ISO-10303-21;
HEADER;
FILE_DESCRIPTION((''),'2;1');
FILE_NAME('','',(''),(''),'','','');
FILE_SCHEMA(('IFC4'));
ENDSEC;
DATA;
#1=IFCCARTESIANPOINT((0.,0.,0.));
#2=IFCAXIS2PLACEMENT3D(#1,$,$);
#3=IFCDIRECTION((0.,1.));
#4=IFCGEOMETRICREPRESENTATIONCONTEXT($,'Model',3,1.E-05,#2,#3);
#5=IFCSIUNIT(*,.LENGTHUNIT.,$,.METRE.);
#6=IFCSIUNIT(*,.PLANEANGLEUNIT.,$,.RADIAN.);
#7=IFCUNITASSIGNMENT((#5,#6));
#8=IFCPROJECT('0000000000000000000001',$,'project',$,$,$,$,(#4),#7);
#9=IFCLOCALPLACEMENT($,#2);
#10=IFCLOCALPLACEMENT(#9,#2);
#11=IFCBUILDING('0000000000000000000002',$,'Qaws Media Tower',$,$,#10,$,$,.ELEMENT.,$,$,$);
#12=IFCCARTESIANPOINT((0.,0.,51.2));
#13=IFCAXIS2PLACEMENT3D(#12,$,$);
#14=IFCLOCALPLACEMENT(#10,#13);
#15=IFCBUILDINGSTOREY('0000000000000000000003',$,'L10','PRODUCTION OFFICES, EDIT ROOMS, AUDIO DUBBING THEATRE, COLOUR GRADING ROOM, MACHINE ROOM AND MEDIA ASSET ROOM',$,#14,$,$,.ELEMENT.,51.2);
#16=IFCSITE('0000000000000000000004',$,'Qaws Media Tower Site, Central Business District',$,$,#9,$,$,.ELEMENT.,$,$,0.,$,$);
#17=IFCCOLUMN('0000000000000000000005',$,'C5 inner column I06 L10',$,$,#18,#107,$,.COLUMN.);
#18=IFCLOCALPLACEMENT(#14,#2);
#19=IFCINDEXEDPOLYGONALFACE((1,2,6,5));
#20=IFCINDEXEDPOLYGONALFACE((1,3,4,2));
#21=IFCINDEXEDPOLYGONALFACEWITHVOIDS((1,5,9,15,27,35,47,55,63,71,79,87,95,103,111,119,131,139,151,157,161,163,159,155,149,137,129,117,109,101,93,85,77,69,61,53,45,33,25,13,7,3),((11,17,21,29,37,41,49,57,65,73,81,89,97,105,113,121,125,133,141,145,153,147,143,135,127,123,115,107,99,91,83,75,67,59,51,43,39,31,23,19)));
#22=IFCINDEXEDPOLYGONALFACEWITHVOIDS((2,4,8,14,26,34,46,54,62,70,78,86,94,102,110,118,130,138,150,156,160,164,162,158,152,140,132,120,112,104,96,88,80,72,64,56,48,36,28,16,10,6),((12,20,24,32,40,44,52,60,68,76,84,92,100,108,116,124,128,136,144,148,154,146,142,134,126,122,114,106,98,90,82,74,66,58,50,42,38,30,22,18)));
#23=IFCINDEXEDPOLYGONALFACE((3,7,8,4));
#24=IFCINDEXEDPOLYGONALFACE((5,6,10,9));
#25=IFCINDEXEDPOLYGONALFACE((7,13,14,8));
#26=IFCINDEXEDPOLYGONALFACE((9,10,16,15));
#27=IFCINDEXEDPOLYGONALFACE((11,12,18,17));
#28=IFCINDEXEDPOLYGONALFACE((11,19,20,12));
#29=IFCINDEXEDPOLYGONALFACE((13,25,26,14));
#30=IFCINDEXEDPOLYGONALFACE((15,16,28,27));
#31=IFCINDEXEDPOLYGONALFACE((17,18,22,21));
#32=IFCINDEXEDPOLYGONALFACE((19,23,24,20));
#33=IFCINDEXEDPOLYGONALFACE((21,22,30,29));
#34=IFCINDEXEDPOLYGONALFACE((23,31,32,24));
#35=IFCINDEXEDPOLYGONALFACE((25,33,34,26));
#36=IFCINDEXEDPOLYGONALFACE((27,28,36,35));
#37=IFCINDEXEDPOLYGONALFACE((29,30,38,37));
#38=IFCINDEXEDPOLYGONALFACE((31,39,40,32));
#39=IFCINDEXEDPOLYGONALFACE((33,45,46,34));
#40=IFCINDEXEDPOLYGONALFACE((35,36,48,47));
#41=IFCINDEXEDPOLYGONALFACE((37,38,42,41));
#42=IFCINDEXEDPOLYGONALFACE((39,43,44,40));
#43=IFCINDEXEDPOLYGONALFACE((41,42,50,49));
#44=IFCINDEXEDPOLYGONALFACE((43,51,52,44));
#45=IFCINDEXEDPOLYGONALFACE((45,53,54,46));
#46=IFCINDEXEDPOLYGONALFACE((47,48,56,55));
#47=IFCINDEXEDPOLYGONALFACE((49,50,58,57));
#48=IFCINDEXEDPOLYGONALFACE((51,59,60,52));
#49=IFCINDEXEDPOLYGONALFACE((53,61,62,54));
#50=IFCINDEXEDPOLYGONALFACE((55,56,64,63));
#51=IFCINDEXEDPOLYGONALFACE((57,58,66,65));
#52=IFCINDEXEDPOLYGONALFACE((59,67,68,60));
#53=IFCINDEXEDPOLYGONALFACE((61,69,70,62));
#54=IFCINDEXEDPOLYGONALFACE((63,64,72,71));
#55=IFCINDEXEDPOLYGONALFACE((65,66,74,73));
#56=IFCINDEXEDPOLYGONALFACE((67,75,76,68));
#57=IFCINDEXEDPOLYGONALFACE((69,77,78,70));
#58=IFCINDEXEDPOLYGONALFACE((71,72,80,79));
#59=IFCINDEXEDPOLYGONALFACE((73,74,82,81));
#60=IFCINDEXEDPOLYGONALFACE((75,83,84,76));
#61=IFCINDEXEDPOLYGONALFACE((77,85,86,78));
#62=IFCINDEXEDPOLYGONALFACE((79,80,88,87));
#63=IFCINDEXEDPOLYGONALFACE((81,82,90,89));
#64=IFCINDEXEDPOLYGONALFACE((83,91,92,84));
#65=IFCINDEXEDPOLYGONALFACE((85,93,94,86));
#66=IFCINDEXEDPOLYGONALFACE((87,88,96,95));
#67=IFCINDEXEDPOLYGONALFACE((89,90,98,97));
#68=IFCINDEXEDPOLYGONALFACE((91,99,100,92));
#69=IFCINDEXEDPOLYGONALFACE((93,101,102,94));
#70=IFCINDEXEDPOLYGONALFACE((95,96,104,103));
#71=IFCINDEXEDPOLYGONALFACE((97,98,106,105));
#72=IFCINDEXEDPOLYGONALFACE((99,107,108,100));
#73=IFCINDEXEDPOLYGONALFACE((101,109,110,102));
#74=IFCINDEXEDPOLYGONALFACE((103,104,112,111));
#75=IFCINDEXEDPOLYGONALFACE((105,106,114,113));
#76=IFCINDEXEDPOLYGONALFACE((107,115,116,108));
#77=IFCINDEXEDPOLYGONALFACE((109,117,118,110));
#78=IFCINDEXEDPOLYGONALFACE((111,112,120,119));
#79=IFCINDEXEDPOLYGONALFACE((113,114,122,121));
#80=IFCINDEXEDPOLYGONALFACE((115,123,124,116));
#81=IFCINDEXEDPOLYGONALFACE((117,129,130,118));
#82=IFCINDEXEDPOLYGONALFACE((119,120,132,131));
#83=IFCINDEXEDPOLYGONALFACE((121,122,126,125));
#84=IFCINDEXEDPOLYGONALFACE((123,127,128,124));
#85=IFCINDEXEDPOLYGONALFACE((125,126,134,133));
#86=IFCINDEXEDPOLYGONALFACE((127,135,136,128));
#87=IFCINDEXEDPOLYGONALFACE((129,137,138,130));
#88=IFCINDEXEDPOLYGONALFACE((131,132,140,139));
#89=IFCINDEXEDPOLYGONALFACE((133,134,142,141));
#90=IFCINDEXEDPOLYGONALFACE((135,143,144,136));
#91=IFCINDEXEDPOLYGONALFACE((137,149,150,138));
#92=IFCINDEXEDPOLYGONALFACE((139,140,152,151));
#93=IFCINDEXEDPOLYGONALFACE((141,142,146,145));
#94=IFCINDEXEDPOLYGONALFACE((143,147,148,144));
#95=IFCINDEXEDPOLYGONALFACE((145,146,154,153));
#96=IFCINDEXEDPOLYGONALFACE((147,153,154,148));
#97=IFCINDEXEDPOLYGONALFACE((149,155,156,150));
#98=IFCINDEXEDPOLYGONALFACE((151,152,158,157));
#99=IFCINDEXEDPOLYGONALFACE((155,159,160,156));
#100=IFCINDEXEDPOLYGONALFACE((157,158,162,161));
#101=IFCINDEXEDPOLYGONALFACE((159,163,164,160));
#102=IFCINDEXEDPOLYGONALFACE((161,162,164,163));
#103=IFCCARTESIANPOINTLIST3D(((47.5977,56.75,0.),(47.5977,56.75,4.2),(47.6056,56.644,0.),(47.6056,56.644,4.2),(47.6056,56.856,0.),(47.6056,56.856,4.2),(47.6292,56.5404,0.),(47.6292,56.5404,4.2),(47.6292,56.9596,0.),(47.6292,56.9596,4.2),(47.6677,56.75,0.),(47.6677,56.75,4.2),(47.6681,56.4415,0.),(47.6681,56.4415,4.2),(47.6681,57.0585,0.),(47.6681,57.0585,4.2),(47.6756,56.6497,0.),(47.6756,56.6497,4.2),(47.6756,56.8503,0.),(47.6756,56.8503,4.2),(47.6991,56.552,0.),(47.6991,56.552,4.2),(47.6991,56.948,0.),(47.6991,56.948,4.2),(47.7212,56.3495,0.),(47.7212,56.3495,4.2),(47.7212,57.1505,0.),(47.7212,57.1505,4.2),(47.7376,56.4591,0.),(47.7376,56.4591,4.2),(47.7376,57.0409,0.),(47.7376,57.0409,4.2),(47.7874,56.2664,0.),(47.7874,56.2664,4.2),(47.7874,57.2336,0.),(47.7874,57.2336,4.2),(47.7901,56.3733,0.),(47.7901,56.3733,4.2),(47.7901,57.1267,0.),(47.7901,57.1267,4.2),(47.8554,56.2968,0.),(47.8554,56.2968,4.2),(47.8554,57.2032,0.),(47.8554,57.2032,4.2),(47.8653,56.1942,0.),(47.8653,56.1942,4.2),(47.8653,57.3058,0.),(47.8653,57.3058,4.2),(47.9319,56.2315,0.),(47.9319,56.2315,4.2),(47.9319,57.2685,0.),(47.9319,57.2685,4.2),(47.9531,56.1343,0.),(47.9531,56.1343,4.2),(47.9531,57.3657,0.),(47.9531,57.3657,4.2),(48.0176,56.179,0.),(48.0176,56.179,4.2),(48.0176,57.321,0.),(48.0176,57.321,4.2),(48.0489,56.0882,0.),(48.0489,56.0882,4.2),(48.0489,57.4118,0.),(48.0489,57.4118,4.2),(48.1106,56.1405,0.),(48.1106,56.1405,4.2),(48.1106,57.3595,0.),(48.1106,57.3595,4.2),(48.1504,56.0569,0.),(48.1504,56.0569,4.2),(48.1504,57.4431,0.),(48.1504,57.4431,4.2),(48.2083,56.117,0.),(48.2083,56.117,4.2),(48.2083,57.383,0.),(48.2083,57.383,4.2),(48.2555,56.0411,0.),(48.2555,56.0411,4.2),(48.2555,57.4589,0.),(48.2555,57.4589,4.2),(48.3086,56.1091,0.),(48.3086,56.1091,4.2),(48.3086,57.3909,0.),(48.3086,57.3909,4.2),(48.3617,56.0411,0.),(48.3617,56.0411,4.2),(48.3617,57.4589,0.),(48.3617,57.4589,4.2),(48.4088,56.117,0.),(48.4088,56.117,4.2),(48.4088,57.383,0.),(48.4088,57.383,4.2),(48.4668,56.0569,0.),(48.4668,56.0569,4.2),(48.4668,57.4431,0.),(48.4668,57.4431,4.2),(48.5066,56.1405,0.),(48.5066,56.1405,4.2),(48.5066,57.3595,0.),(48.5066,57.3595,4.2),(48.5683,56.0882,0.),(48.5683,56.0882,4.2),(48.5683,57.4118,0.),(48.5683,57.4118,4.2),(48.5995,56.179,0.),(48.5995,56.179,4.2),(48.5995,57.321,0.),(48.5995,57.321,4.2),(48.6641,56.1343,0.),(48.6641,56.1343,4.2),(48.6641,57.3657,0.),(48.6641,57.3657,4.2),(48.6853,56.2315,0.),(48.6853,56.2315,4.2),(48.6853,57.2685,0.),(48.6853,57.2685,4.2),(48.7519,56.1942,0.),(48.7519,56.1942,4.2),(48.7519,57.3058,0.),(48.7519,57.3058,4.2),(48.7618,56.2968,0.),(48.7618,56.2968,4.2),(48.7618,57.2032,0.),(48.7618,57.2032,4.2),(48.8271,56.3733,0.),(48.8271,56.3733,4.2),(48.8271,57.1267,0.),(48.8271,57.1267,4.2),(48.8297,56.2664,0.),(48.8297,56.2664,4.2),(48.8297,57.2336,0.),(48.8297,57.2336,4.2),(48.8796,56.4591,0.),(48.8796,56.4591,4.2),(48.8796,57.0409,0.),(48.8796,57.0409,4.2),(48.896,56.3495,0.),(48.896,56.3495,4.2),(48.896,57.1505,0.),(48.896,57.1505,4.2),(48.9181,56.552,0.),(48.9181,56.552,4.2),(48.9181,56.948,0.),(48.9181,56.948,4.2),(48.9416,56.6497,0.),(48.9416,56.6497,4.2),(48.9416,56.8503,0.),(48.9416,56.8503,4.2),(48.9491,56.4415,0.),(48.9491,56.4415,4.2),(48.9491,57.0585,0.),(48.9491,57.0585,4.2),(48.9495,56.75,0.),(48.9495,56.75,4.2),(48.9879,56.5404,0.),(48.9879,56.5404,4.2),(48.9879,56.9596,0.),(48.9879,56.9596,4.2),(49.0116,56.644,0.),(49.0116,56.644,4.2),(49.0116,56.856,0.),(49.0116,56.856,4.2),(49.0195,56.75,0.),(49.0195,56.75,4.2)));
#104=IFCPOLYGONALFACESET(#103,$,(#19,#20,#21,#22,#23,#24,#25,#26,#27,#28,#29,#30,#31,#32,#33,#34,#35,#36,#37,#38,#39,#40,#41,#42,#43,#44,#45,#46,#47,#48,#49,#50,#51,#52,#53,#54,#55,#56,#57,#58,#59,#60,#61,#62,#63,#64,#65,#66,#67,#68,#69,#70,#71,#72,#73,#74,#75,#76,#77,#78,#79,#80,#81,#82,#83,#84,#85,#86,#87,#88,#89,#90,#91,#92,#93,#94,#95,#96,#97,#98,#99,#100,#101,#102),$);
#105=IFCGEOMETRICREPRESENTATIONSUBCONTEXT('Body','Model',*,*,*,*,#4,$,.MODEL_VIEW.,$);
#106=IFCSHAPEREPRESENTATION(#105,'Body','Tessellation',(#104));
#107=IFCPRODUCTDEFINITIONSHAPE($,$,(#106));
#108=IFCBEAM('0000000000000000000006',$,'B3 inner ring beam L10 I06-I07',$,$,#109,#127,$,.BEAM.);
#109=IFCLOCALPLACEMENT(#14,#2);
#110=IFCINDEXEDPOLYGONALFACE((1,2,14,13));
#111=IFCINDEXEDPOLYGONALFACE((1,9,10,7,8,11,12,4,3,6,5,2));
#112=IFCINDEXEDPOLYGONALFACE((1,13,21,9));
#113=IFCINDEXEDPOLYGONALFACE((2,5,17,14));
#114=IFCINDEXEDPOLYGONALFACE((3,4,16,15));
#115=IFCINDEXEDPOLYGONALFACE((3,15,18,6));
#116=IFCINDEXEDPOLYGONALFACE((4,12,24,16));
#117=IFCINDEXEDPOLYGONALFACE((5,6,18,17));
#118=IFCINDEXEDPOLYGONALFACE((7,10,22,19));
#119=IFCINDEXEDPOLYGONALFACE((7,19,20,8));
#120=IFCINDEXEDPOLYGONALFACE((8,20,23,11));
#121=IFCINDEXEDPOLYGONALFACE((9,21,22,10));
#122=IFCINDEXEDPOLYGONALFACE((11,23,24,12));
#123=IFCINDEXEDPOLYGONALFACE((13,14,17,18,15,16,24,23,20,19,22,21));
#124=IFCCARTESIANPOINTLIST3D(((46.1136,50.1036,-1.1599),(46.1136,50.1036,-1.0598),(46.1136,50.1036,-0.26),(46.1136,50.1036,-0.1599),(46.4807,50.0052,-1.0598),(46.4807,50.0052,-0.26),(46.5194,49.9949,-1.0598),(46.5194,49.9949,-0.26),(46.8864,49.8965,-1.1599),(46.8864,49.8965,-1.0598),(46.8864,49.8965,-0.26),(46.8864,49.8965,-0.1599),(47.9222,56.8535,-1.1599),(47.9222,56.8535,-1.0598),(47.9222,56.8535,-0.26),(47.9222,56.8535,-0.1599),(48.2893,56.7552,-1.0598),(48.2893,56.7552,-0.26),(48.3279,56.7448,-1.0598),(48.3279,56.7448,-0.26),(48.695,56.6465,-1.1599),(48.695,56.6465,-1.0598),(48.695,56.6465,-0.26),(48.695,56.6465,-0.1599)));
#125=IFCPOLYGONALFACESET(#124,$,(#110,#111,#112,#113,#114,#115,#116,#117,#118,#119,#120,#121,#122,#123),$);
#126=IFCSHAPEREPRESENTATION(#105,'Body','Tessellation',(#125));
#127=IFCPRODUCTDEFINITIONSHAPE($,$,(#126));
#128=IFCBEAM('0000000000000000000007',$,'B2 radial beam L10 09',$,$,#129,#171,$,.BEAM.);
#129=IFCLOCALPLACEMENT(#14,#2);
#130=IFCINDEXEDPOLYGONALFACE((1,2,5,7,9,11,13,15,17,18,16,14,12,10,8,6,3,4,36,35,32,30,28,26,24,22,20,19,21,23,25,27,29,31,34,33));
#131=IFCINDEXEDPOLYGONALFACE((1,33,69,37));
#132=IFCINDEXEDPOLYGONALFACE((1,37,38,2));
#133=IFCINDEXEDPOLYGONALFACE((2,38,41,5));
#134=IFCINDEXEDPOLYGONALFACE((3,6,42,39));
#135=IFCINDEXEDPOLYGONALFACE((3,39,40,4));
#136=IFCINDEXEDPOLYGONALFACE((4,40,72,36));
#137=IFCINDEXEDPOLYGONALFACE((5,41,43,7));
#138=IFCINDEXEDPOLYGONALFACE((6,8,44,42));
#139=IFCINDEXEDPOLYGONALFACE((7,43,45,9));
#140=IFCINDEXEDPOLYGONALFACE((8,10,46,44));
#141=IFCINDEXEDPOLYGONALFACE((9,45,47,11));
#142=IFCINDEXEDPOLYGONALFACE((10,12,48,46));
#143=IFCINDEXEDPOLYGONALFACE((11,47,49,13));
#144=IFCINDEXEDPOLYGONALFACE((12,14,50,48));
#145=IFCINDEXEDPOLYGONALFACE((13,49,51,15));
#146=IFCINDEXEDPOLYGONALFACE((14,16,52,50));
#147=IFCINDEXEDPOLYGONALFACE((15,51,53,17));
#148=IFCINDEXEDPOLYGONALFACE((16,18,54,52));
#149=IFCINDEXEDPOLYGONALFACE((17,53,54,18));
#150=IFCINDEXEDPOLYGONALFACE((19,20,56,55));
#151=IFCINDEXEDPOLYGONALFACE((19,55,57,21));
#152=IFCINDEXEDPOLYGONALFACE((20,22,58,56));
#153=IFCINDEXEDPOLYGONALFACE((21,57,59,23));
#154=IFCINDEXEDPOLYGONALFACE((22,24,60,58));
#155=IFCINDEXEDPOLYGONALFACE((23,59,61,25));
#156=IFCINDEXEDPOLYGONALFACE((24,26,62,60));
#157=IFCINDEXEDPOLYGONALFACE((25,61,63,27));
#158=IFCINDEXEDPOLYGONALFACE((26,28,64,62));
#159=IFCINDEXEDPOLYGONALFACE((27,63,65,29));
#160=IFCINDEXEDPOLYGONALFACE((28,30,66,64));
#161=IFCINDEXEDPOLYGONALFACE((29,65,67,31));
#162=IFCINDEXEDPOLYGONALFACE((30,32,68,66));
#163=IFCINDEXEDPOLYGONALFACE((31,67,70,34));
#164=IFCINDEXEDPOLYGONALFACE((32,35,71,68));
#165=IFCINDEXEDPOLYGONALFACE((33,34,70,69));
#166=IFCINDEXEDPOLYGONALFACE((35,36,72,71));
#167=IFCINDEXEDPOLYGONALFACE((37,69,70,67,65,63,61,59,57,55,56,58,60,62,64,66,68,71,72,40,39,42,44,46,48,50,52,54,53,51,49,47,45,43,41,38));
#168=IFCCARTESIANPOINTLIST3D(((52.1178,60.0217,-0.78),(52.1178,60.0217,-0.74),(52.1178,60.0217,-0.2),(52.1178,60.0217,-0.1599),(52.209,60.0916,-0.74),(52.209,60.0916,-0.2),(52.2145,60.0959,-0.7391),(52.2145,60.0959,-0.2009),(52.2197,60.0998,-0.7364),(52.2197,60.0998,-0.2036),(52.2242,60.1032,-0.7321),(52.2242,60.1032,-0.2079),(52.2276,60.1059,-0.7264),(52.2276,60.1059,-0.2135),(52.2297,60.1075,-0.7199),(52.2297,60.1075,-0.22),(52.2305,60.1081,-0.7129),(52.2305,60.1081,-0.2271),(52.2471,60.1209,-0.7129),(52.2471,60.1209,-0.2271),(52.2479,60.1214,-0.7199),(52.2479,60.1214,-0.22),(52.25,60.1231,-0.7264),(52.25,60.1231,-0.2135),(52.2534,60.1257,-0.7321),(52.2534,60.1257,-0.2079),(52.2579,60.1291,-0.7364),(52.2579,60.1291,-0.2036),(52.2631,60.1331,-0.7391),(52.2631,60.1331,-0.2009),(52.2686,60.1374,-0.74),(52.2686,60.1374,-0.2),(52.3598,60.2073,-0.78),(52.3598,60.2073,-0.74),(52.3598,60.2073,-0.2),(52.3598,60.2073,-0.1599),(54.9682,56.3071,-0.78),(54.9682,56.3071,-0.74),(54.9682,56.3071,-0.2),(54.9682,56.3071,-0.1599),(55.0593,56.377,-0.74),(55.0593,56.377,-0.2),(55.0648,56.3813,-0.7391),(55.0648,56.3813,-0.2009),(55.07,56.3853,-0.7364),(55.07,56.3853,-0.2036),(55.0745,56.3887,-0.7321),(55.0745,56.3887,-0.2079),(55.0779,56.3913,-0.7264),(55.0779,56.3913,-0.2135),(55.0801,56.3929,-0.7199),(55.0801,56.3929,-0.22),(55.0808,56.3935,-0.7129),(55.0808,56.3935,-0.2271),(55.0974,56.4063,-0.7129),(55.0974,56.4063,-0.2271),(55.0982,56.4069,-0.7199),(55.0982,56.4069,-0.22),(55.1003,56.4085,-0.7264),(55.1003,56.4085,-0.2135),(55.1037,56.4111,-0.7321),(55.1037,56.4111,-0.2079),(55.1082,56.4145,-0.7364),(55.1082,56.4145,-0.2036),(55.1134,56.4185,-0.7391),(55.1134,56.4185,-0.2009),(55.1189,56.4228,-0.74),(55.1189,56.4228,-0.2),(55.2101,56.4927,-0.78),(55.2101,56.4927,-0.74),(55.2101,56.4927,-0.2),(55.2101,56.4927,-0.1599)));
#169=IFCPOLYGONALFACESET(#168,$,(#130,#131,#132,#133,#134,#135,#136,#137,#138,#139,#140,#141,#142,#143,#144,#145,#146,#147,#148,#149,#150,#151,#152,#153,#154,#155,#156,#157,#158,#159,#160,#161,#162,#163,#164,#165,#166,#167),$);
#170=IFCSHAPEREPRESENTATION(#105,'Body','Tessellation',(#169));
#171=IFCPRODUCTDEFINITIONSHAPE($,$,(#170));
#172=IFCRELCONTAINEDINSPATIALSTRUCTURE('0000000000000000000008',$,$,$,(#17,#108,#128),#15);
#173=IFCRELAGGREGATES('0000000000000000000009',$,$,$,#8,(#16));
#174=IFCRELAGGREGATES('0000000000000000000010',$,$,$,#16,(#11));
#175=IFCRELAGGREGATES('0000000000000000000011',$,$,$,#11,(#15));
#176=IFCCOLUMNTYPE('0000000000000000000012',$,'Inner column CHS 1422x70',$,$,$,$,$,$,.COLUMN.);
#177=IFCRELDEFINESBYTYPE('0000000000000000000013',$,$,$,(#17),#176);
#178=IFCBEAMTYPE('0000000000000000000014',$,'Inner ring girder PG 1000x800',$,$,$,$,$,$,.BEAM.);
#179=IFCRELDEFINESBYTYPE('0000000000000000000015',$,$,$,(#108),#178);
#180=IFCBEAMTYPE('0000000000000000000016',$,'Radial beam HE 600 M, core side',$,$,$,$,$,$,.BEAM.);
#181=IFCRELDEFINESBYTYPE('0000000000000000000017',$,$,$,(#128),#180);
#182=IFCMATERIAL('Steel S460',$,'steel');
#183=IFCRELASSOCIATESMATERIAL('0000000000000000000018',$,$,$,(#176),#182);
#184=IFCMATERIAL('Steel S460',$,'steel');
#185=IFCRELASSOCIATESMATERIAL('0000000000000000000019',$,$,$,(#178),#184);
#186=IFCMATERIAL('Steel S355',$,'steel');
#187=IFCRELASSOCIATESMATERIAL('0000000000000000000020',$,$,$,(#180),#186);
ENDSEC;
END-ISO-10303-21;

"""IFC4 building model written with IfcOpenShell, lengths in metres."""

from ifc_helpers import new_model, si_unit, direction, frame, origin, origin_2d, place, context, subcontext, project, spatial, hollow_circle, i_section, extrude, material, material_profile, profile_set, type_object, element, save


model = new_model("IFC4")

# Units and contexts
model_context = context("Model", 3, precision=1e-05, world=origin(), true_north=direction((0.0, 1.0)))
body_context = subcontext(model_context, "Body", "Model", "MODEL_VIEW")
ifc_project = project(units=[si_unit("LENGTHUNIT", "METRE"), si_unit("PLANEANGLEUNIT", "RADIAN")], contexts=[model_context])

# Site, building, storey
site_placement = place(None, origin())
site = spatial("IfcSite", under=ifc_project, at=site_placement, Name="Qaws Media Tower Site, Central Business District", CompositionType="ELEMENT", RefElevation=0.0)
building_placement = place(site_placement, origin())
building = spatial("IfcBuilding", under=site, at=building_placement, Name="Qaws Media Tower", CompositionType="ELEMENT")
storey_placement = place(building_placement, frame((0.0, 0.0, 51.2)))
storey = spatial("IfcBuildingStorey", under=building, at=storey_placement, Name="L10", Description="PRODUCTION OFFICES, EDIT ROOMS, AUDIO DUBBING THEATRE, COLOUR GRADING ROOM, MACHINE ROOM AND MEDIA ASSET ROOM", CompositionType="ELEMENT", Elevation=51.2)

# Column
ifc_material_1 = material(Name="Steel S460", Category="steel")
ifc_material_profile_1 = material_profile(ifc_material_1, hollow_circle(Radius=0.7109, WallThickness=0.0701, at=origin_2d()), Name="CHS 1422x70")
ifc_profile_set_1 = profile_set([ifc_material_profile_1], Name="Steel S460")
column_type = type_object("IfcColumnType", Name="Inner column CHS 1422x70", PredefinedType="COLUMN", material=ifc_profile_set_1)
column_placement = place(storey_placement, frame((48.3086, 56.75, 0.0), z_axis=(0.0, 0.0, 1.0), x_axis=(1.0, 0.0, 0.0)))
element("IfcColumn", 1, at=column_placement, inside=storey, type_object=column_type, Name="C5 inner column I06 L10", PredefinedType="COLUMN", context=body_context, shape_type="SweptSolid", body=[
    extrude(hollow_circle(Radius=0.7109, WallThickness=0.0701, at=origin_2d()), origin(), (0.0, 0.0, 1.0), 4.2),
])

# Beams
ifc_material_2 = material(Name="Steel S460", Category="steel")
ifc_material_profile_2 = material_profile(ifc_material_2, i_section(OverallWidth=0.8, OverallDepth=1.0, WebThickness=0.04, FlangeThickness=0.1001, at=origin_2d()), Name="PG 1000x800")
ifc_profile_set_2 = profile_set([ifc_material_profile_2], Name="Steel S460")
beam_type_1 = type_object("IfcBeamType", Name="Inner ring girder PG 1000x800", PredefinedType="BEAM", material=ifc_profile_set_2)
beam_1_placement = place(storey_placement, frame((48.3086, 56.75, -0.6599), z_axis=(-0.258811, -0.965928, 0.0), x_axis=(0.965928, -0.258811, 0.0)))
element("IfcBeam", 2, at=beam_1_placement, inside=storey, type_object=beam_type_1, Name="B3 inner ring beam L10 I06-I07", PredefinedType="BEAM", context=body_context, shape_type="SweptSolid", body=[
    extrude(i_section(OverallWidth=0.8, OverallDepth=1.0, WebThickness=0.04, FlangeThickness=0.1001, at=origin_2d()), origin(), (0.0, 0.0, 1.0), 6.988),
])
ifc_material_3 = material(Name="Steel S355", Category="steel")
ifc_material_profile_3 = material_profile(ifc_material_3, i_section(OverallWidth=0.3049, OverallDepth=0.6201, WebThickness=0.021, FlangeThickness=0.04, FilletRadius=0.0271, at=origin_2d()), Name="HE 600 M")
ifc_profile_set_3 = profile_set([ifc_material_profile_3], Name="Steel S355")
beam_type_2 = type_object("IfcBeamType", Name="Radial beam HE 600 M, core side", PredefinedType="BEAM", material=ifc_profile_set_3)
beam_2_placement = place(storey_placement, frame((55.0891, 56.3999, -0.47), z_axis=(-0.608765, 0.79335, 0.0), x_axis=(-0.79335, -0.608765, 0.0)))
element("IfcBeam", 3, at=beam_2_placement, inside=storey, type_object=beam_type_2, Name="B2 radial beam L10 09", PredefinedType="BEAM", context=body_context, shape_type="SweptSolid", body=[
    extrude(i_section(OverallWidth=0.3049, OverallDepth=0.6201, WebThickness=0.021, FlangeThickness=0.04, FilletRadius=0.0271, at=origin_2d()), origin(), (0.0, 0.0, 1.0), 4.6821),
])

save(model, "model.ifc")
